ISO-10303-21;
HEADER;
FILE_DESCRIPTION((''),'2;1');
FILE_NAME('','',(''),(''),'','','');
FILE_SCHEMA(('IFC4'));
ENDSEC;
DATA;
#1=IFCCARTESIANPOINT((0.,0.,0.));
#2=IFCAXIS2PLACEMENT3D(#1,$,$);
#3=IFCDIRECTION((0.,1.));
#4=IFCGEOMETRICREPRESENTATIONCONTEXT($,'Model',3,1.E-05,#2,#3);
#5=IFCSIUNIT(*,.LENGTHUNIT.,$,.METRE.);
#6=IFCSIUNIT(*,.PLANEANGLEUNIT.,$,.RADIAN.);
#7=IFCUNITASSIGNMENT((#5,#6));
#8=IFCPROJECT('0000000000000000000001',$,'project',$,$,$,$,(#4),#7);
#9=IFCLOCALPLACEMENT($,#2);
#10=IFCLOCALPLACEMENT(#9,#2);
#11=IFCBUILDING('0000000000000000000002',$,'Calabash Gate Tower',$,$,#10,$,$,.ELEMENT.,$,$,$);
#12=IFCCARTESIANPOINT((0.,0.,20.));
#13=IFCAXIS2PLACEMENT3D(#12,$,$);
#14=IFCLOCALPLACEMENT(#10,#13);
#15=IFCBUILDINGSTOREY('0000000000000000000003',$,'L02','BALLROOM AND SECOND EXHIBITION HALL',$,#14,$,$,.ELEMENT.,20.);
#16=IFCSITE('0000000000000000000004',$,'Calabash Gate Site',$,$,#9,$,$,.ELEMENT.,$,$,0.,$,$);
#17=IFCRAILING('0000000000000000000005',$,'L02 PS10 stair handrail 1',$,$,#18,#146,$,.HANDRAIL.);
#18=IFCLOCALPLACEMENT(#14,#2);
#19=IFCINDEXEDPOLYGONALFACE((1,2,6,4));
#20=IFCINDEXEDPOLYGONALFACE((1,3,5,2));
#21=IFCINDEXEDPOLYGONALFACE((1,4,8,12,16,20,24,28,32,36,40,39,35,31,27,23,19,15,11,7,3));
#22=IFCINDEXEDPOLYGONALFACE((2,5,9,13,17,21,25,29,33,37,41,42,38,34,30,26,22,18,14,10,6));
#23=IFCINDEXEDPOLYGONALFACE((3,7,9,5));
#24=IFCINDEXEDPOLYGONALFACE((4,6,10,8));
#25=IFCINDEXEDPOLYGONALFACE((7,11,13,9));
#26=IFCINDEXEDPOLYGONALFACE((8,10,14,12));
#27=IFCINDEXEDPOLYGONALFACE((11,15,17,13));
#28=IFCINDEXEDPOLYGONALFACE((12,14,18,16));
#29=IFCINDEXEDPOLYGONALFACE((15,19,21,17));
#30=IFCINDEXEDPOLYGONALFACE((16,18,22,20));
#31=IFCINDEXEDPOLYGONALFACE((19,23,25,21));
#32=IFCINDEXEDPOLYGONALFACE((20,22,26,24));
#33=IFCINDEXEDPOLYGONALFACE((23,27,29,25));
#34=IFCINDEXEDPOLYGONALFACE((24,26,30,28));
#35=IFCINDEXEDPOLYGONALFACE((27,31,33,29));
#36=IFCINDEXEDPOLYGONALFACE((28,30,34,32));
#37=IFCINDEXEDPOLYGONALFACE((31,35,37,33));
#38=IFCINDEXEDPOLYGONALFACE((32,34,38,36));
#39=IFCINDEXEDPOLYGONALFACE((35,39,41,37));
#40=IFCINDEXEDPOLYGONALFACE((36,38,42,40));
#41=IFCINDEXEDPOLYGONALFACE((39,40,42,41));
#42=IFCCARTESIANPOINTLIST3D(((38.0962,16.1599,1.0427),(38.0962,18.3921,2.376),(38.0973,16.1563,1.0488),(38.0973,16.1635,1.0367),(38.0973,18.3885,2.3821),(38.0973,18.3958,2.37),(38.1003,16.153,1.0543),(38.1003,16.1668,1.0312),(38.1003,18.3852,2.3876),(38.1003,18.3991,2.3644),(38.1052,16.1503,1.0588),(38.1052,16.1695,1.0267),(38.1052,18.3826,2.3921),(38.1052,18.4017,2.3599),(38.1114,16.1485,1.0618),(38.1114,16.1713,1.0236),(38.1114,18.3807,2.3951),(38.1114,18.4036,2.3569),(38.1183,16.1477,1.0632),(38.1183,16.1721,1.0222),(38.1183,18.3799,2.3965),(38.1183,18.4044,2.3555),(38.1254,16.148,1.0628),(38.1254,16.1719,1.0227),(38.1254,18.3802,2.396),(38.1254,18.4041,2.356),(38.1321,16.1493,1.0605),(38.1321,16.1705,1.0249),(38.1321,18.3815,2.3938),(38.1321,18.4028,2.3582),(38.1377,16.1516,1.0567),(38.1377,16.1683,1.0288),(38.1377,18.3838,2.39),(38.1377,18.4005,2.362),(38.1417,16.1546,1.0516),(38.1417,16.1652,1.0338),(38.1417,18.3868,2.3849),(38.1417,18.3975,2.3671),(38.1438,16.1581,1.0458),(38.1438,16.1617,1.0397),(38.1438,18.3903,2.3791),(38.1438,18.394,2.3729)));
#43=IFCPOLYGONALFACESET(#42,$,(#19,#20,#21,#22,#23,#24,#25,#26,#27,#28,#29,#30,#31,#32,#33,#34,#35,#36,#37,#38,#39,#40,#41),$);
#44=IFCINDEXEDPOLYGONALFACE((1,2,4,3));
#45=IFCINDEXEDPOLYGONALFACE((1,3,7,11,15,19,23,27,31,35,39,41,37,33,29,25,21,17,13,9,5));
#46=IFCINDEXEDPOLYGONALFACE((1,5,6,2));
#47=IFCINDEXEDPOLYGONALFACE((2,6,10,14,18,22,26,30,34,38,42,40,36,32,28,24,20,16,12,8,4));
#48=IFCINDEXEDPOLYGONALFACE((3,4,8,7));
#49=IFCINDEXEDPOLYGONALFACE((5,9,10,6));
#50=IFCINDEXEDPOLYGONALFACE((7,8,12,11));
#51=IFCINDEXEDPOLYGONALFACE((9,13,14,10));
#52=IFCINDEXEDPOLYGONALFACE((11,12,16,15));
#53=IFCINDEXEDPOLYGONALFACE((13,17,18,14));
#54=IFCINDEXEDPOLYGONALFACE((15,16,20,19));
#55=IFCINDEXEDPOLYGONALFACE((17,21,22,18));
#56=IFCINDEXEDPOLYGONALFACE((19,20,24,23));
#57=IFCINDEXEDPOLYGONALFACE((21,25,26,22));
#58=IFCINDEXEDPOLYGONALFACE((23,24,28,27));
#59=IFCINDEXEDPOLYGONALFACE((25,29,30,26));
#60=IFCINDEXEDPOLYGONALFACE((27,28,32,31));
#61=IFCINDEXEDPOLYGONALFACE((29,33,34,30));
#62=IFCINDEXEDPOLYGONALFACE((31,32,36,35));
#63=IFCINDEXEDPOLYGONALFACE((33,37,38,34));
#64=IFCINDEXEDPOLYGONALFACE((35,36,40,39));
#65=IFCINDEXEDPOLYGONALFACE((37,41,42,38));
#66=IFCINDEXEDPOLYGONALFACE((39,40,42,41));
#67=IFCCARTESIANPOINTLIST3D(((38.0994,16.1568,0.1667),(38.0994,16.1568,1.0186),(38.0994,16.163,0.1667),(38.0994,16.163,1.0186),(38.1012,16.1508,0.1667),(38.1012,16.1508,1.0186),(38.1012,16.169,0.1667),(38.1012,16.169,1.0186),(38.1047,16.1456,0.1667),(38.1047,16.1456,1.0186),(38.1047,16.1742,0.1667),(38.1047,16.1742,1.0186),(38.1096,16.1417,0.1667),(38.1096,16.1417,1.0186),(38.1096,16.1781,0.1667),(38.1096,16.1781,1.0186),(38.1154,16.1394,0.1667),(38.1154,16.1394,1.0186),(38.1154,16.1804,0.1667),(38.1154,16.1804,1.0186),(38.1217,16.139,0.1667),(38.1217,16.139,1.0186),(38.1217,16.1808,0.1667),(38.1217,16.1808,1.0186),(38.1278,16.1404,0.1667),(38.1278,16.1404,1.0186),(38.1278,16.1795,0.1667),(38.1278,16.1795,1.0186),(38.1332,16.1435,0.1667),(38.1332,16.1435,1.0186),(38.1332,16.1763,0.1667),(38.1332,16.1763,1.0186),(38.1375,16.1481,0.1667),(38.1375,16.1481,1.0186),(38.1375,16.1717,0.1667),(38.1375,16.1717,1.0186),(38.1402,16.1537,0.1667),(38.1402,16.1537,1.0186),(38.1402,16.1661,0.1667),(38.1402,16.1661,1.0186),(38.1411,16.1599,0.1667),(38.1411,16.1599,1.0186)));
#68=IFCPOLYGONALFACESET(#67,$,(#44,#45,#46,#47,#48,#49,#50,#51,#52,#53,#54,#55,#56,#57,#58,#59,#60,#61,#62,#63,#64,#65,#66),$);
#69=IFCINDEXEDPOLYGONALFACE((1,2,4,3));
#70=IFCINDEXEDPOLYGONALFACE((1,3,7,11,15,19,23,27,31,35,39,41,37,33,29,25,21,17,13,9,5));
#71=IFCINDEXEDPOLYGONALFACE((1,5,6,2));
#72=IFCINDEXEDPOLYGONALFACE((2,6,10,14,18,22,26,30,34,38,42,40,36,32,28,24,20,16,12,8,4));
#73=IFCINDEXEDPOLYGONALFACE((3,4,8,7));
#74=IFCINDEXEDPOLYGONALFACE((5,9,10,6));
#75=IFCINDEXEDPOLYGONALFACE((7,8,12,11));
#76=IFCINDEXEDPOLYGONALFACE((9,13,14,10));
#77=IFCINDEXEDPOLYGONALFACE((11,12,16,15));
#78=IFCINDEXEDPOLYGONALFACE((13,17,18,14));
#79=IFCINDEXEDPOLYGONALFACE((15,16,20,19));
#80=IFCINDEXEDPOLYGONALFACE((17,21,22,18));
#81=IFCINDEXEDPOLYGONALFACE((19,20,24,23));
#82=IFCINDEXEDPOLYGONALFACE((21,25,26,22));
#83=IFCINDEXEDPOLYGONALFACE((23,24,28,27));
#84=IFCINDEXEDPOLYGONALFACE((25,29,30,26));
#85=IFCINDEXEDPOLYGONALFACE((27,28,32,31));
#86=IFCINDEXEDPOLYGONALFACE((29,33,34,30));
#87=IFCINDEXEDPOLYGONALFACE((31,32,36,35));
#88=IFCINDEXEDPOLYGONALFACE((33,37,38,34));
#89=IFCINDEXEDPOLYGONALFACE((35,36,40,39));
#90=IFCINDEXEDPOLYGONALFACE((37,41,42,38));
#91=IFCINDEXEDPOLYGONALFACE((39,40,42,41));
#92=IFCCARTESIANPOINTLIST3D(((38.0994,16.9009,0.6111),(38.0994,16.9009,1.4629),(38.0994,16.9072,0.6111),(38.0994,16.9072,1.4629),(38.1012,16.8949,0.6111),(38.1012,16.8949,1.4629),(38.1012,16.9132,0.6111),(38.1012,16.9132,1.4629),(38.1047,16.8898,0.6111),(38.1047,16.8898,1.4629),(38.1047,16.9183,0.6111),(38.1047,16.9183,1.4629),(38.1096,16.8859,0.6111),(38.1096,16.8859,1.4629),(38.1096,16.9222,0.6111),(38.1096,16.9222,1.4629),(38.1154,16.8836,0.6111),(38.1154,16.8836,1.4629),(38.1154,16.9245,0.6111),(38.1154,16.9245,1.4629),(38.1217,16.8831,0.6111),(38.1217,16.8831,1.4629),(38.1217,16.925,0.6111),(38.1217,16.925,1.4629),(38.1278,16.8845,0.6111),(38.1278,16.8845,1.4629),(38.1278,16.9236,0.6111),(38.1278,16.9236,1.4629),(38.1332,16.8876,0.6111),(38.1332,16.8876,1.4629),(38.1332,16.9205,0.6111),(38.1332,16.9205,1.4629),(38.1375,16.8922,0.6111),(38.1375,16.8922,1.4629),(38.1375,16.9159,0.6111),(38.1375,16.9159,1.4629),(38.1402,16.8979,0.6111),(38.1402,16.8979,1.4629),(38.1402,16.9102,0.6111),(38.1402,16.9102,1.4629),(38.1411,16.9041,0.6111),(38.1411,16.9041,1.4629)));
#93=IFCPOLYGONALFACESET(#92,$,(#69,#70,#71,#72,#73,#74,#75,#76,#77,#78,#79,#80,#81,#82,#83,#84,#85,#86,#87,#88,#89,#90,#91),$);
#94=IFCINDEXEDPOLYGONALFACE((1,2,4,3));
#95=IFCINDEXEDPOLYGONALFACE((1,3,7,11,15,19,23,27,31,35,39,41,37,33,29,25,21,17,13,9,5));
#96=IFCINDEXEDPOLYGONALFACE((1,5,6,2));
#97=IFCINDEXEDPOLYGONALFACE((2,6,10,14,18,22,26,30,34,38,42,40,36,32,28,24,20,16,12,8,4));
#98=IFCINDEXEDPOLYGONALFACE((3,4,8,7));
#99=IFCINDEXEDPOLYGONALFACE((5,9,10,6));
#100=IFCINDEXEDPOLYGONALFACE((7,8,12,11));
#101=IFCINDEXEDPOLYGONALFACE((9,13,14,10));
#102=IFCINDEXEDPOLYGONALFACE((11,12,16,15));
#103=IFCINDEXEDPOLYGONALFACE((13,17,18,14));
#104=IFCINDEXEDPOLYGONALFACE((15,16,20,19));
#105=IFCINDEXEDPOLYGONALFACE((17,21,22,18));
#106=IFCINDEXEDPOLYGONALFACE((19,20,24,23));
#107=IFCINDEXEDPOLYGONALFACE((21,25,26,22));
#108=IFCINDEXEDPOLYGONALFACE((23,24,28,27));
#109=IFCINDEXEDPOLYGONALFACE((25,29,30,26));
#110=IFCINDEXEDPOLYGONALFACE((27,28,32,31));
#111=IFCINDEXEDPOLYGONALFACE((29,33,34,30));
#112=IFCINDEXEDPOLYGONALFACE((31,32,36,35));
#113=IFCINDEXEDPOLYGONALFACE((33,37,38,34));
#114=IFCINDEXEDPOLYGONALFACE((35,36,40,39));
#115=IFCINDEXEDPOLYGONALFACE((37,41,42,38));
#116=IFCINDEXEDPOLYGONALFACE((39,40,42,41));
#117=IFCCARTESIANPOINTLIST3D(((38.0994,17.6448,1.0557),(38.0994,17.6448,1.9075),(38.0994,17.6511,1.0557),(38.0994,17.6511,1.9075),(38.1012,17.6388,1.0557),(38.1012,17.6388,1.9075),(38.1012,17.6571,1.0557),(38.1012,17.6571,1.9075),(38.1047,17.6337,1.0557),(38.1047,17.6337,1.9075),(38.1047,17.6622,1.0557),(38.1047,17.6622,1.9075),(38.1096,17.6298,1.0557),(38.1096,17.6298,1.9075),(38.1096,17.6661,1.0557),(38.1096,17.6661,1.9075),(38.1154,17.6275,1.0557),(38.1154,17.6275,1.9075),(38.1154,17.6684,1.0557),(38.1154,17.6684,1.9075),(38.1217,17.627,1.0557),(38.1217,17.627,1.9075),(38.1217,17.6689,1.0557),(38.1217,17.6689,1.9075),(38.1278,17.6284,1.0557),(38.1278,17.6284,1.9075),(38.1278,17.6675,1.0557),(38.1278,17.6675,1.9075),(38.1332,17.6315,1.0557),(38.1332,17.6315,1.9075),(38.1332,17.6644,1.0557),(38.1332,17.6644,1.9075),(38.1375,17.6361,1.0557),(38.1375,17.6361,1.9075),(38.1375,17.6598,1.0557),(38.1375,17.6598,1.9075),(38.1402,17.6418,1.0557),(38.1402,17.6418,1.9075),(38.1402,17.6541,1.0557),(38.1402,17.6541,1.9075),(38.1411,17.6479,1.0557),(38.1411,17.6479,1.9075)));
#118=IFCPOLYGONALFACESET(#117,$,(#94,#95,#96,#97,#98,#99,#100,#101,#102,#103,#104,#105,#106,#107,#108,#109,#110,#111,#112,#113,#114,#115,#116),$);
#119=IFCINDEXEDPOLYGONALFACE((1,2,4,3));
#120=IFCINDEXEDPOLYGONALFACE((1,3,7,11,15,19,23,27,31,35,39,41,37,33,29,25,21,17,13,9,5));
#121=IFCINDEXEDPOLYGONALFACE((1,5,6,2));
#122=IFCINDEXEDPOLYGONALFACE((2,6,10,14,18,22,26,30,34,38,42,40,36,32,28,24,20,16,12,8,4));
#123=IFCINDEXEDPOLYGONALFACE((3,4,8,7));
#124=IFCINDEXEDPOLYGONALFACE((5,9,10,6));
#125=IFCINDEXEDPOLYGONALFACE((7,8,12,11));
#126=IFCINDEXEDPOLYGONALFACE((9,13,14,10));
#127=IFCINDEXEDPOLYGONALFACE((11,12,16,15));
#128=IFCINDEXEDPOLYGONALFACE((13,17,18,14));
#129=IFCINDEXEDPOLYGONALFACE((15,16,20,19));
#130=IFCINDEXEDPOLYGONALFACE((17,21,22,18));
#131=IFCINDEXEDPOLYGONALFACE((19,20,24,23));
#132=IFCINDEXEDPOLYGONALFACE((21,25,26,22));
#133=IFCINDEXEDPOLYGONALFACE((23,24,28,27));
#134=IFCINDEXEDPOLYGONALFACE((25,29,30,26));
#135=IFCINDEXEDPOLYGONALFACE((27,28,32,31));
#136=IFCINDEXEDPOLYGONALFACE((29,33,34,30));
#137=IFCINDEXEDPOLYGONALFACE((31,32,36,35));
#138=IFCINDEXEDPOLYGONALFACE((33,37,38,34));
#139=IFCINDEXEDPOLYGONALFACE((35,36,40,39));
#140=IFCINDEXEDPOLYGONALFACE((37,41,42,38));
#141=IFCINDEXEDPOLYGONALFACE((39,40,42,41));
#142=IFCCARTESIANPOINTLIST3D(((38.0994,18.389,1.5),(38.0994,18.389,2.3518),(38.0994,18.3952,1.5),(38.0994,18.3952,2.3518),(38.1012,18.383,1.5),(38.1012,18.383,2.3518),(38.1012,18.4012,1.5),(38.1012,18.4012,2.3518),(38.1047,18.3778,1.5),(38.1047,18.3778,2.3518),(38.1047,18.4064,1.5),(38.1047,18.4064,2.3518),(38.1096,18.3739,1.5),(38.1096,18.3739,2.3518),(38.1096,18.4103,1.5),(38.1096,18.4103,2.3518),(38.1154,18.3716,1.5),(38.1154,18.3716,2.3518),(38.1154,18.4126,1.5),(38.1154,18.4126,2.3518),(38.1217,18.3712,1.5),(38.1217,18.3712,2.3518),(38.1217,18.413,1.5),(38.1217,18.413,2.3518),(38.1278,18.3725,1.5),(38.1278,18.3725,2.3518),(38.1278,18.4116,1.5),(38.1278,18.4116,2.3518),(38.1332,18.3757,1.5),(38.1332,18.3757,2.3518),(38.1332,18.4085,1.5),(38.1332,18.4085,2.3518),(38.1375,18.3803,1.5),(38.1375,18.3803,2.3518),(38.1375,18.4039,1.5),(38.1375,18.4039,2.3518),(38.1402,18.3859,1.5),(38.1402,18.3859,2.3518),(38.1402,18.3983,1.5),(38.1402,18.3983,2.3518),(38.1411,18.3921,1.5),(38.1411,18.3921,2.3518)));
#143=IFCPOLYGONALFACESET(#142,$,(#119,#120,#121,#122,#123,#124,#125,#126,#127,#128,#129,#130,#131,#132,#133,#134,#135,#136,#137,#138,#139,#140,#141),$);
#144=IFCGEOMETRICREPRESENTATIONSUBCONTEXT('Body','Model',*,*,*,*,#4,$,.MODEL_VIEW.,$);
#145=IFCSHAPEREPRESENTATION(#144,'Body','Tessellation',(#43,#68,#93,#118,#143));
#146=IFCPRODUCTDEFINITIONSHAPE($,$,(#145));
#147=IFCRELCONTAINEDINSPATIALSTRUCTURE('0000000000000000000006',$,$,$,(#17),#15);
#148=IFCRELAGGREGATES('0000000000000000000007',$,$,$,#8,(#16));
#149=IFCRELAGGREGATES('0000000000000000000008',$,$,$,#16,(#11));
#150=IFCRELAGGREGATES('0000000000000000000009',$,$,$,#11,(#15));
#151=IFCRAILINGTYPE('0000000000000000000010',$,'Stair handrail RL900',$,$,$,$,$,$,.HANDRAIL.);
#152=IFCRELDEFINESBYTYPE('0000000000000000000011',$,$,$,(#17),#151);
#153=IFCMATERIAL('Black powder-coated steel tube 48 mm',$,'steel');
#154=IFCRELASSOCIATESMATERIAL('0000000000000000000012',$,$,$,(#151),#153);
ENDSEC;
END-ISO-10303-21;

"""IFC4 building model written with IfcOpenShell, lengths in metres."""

from ifc_helpers import new_model, si_unit, direction, frame, origin, origin_2d, place, context, subcontext, project, spatial, circle, extrude, material, type_object, element, save


model = new_model("IFC4")

# Units and contexts
model_context = context("Model", 3, precision=1e-05, world=origin(), true_north=direction((0.0, 1.0)))
body_context = subcontext(model_context, "Body", "Model", "MODEL_VIEW")
ifc_project = project(units=[si_unit("LENGTHUNIT", "METRE"), si_unit("PLANEANGLEUNIT", "RADIAN")], contexts=[model_context])

# Site, building, storey
site_placement = place(None, origin())
site = spatial("IfcSite", under=ifc_project, at=site_placement, Name="Calabash Gate Site", CompositionType="ELEMENT", RefElevation=0.0)
building_placement = place(site_placement, origin())
building = spatial("IfcBuilding", under=site, at=building_placement, Name="Calabash Gate Tower", CompositionType="ELEMENT")
storey_placement = place(building_placement, frame((0.0, 0.0, 20.0)))
storey = spatial("IfcBuildingStorey", under=building, at=storey_placement, Name="L02", Description="BALLROOM AND SECOND EXHIBITION HALL", CompositionType="ELEMENT", Elevation=20.0)

# Railing
ifc_material_1 = material(Name="Black powder-coated steel tube 48 mm", Category="steel")
railing_type_1 = type_object("IfcRailingType", Name="Stair handrail RL900", PredefinedType="HANDRAIL", material=ifc_material_1)
for number, where, name in (
    (1, (38.1201, 16.1599, 0.1667), "L02 PS10 stair handrail 1"),
):
    element("IfcRailing", number, at=place(storey_placement, frame(where)), inside=storey, type_object=railing_type_1, Name=name, PredefinedType="HANDRAIL", context=body_context, shape_type="SweptSolid", body=[
        extrude(circle(Radius=0.0239, at=origin_2d()), frame((0.0, 0.0, 0.876), z_axis=(0.0, 0.858519, 0.512782), x_axis=(-1.0, 0.0, 0.0)), (0.0, 0.0, 1.0), 2.6001),
        extrude(circle(Radius=0.021, at=origin_2d()), origin(), (0.0, 0.0, 1.0), 0.8518),
        extrude(circle(Radius=0.021, at=origin_2d()), frame((0.0, 0.7441, 0.4443)), (0.0, 0.0, 1.0), 0.8518),
        extrude(circle(Radius=0.021, at=origin_2d()), frame((0.0, 1.488, 0.8889)), (0.0, 0.0, 1.0), 0.8518),
        extrude(circle(Radius=0.021, at=origin_2d()), frame((0.0, 2.2322, 1.3333)), (0.0, 0.0, 1.0), 0.8518),
    ])

save(model, "model.ifc")
